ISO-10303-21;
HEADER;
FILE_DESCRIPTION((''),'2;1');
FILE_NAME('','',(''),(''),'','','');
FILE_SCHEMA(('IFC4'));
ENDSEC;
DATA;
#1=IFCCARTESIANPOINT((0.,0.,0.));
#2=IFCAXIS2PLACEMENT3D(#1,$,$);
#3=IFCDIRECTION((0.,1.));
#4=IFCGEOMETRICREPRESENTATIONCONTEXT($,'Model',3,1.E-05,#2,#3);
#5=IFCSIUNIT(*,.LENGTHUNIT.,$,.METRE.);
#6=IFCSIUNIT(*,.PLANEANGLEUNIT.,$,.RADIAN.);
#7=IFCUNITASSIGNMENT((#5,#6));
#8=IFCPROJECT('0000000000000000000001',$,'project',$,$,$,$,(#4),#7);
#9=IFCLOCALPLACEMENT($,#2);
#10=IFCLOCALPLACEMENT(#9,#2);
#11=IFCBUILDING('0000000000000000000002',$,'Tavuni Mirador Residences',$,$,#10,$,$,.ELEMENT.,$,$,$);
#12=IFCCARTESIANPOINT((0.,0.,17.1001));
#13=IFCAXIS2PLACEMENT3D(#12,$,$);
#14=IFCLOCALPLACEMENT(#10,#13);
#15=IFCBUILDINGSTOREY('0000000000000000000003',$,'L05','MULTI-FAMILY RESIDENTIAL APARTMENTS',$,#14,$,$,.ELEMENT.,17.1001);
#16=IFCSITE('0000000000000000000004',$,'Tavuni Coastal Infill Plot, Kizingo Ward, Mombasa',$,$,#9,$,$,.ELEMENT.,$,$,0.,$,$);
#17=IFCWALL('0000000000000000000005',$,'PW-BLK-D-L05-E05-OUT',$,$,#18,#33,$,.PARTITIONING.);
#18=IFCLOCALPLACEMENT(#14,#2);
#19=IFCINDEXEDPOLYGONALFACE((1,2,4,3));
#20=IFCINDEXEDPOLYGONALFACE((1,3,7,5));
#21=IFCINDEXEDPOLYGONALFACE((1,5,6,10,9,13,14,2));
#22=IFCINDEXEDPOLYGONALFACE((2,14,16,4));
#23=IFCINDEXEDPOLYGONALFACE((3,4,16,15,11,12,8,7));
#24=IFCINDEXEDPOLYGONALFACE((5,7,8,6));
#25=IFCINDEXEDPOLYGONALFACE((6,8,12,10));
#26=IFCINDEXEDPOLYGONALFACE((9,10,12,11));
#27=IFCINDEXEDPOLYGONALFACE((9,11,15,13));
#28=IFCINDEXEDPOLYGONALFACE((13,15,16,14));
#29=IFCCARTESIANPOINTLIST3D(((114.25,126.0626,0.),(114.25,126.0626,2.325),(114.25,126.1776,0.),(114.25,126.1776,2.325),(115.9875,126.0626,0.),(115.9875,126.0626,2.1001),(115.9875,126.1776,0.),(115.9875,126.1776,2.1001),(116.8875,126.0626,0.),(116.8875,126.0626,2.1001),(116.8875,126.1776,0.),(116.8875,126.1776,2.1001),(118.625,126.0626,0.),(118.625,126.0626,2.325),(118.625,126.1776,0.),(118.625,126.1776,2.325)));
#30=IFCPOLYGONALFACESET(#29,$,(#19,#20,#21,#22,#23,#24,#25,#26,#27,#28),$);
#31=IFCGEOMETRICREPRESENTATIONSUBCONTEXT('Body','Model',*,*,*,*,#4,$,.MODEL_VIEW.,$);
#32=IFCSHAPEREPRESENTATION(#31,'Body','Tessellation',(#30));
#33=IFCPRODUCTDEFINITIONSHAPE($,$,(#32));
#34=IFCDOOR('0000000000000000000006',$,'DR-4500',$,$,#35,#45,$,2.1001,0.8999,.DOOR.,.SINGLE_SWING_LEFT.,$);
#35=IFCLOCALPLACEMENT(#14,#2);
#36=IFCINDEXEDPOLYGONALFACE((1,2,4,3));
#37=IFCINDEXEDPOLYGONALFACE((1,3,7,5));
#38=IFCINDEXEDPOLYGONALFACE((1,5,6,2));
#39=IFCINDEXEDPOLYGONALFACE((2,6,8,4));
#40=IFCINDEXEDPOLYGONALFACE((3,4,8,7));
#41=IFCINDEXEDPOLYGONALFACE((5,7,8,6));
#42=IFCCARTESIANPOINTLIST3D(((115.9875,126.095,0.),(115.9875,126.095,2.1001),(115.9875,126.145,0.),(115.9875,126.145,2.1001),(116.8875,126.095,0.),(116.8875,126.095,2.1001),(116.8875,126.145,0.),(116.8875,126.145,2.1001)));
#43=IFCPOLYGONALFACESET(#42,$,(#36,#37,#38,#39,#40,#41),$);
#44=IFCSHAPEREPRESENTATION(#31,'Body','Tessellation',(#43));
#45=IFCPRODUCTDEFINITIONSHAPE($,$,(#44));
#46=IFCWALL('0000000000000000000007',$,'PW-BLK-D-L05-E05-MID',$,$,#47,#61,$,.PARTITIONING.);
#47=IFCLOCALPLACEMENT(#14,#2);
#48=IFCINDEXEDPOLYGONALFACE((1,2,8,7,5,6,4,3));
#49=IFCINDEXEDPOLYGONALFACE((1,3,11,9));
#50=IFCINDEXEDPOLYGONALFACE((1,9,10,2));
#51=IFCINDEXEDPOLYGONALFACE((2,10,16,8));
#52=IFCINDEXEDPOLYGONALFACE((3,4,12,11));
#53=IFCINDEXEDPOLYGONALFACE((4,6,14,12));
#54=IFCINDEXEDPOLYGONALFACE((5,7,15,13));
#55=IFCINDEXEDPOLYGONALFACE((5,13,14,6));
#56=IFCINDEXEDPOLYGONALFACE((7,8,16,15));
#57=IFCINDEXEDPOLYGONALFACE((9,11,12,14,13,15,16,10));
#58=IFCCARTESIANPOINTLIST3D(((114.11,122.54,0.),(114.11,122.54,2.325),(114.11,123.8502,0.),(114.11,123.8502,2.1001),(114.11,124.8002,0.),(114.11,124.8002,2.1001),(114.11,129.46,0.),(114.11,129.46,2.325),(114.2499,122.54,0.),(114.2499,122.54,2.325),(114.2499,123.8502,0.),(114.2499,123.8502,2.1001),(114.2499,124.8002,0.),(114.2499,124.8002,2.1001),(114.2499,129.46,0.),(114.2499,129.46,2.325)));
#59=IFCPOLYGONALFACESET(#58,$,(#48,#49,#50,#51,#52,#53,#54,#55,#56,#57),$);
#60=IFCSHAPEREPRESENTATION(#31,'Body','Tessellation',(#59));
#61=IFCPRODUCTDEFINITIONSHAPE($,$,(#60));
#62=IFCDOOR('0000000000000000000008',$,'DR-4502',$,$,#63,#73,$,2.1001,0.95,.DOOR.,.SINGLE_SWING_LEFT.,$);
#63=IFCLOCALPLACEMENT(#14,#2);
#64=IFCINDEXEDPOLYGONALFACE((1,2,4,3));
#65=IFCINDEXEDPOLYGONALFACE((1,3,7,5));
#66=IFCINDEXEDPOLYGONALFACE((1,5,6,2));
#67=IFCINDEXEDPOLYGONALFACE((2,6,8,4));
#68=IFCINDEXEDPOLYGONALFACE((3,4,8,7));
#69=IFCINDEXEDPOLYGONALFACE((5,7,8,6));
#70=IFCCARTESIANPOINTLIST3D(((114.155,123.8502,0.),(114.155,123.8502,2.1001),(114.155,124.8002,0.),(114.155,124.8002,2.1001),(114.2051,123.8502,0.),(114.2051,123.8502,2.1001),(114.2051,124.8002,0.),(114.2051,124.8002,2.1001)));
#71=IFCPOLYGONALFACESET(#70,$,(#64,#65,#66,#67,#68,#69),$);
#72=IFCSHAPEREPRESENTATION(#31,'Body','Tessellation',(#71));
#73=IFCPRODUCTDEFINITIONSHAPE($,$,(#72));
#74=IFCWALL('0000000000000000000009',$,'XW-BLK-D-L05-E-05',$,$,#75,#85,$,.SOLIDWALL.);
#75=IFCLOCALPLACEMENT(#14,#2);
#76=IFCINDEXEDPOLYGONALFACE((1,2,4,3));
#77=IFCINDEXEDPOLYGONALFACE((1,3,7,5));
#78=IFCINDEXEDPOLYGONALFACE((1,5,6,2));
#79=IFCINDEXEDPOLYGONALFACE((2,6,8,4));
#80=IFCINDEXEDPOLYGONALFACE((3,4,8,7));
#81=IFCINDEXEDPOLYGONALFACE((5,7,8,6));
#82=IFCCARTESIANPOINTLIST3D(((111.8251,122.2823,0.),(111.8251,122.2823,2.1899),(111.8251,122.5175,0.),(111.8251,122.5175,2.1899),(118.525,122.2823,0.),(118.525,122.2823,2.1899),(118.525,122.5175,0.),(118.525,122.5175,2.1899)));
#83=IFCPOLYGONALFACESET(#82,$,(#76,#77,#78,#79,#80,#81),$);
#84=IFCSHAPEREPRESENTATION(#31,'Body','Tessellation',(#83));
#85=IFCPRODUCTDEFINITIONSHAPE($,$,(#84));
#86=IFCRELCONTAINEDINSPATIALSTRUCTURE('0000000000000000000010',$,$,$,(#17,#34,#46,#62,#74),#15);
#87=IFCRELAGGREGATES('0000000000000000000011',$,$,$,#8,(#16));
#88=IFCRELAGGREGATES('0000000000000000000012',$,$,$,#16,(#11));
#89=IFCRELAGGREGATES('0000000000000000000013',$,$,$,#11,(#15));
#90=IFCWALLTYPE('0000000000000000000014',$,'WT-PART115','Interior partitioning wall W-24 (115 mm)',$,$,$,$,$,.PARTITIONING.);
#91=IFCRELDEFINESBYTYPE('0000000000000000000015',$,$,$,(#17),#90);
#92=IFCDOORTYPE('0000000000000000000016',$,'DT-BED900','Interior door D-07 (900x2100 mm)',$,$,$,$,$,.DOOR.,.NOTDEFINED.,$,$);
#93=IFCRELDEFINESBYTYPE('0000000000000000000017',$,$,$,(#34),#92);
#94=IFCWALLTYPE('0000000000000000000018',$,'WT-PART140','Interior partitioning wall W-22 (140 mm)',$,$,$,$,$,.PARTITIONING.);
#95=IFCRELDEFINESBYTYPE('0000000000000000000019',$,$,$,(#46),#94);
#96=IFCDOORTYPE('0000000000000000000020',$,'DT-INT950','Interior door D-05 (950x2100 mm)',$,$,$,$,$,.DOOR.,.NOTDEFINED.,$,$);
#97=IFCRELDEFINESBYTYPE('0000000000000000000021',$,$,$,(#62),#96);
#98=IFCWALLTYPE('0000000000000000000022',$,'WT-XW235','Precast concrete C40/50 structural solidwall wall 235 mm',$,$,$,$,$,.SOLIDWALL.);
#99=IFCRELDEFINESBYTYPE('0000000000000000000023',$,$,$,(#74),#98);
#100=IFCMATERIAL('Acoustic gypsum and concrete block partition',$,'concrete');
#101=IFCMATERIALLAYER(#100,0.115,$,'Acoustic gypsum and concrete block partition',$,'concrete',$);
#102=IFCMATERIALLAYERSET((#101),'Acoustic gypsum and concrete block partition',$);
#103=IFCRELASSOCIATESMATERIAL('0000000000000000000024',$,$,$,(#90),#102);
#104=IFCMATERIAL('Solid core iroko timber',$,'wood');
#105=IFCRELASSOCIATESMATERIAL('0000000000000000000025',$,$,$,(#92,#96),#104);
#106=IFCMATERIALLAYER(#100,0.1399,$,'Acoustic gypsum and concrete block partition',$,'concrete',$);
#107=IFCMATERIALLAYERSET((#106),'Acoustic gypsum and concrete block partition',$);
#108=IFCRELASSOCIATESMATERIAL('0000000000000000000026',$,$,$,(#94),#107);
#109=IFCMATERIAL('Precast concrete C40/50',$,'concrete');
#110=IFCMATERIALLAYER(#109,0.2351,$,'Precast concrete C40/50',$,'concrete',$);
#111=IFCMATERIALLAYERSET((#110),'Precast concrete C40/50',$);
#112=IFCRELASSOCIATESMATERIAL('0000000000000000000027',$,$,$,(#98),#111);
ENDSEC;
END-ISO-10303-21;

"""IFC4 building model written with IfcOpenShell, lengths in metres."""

from ifc_helpers import new_model, si_unit, direction, frame, frame_2d, origin, place, context, subcontext, project, spatial, rectangle, extrude, material, layer, layer_set, type_object, element, fill, save


model = new_model("IFC4")

# Units and contexts
model_context = context("Model", 3, precision=1e-05, world=origin(), true_north=direction((0.0, 1.0)))
body_context = subcontext(model_context, "Body", "Model", "MODEL_VIEW")
ifc_project = project(units=[si_unit("LENGTHUNIT", "METRE"), si_unit("PLANEANGLEUNIT", "RADIAN")], contexts=[model_context])

# Site, building, storey
site_placement = place(None, origin())
site = spatial("IfcSite", under=ifc_project, at=site_placement, Name="Tavuni Coastal Infill Plot, Kizingo Ward, Mombasa", CompositionType="ELEMENT", RefElevation=0.0)
building_placement = place(site_placement, origin())
building = spatial("IfcBuilding", under=site, at=building_placement, Name="Tavuni Mirador Residences", CompositionType="ELEMENT")
storey_placement = place(building_placement, frame((0.0, 0.0, 17.1001)))
storey = spatial("IfcBuildingStorey", under=building, at=storey_placement, Name="L05", Description="MULTI-FAMILY RESIDENTIAL APARTMENTS", CompositionType="ELEMENT", Elevation=17.1001)

# Shared definitions
ifc_material_1 = material(Name="Precast concrete C40/50", Category="concrete")

# Shared definitions
ifc_material_2 = material(Name="Solid core iroko timber", Category="wood")

# Walls, openings, doors
ifc_material_3 = material(Name="Acoustic gypsum and concrete block partition", Category="concrete")
ifc_layer_1 = layer(ifc_material_3, 0.115, Name="Acoustic gypsum and concrete block partition", Category="concrete")
ifc_layer_set_1 = layer_set([ifc_layer_1], Name="Acoustic gypsum and concrete block partition")
wall_type_1 = type_object("IfcWallType", Name="WT-PART115", Description="Interior partitioning wall W-24 (115 mm)", PredefinedType="PARTITIONING", material=ifc_layer_set_1)
wall_1_placement = place(storey_placement, frame((114.25, 126.1201, 0.0), z_axis=(0.0, 0.0, 1.0), x_axis=(1.0, 0.0, 0.0)))
wall_1 = element("IfcWall", 1, at=wall_1_placement, inside=storey, type_object=wall_type_1, Name="PW-BLK-D-L05-E05-OUT", PredefinedType="PARTITIONING", context=body_context, shape_type="SweptSolid", body=[
    extrude(rectangle(XDim=4.375, YDim=0.115, at=frame_2d((2.1875, 0.0))), origin(), (0.0, 0.0, 1.0), 2.325),
])
opening_1_placement = place(wall_1_placement, frame((1.7375, 0.0, 0.0)))
opening_1 = element("IfcOpeningElement", 2, at=opening_1_placement, cuts=wall_1, PredefinedType="OPENING", context=body_context, shape_type="SweptSolid", body=[
    extrude(rectangle(XDim=0.8999, YDim=2.1001, at=frame_2d((0.45, 1.05))), frame((0.0, 0.0674, 0.0), z_axis=(0.0, -1.0, 0.0), x_axis=(1.0, 0.0, 0.0)), (0.0, 0.0, 1.0), 0.135),
])
door_type_1 = type_object("IfcDoorType", Name="DT-BED900", Description="Interior door D-07 (900x2100 mm)", OperationType="NOTDEFINED", PredefinedType="DOOR", material=ifc_material_2)
door_1_placement = place(opening_1_placement, origin())
door_1 = element("IfcDoor", 3, at=door_1_placement, inside=storey, type_object=door_type_1, Name="DR-4500", OperationType="SINGLE_SWING_LEFT", OverallHeight=2.1001, OverallWidth=0.8999, PredefinedType="DOOR", context=body_context, shape_type="SweptSolid", body=[
    extrude(rectangle(XDim=0.8999, YDim=2.1001, at=frame_2d((0.45, 1.05))), frame((0.0, 0.0249, 0.0), z_axis=(0.0, -1.0, 0.0), x_axis=(1.0, 0.0, 0.0)), (0.0, 0.0, 1.0), 0.05),
])
fill(opening_1, door_1)
ifc_layer_2 = layer(ifc_material_3, 0.1399, Name="Acoustic gypsum and concrete block partition", Category="concrete")
ifc_layer_set_2 = layer_set([ifc_layer_2], Name="Acoustic gypsum and concrete block partition")
wall_type_2 = type_object("IfcWallType", Name="WT-PART140", Description="Interior partitioning wall W-22 (140 mm)", PredefinedType="PARTITIONING", material=ifc_layer_set_2)
wall_2_placement = place(storey_placement, frame((114.1799, 122.54, 0.0), z_axis=(0.0, 0.0, 1.0), x_axis=(0.0, 1.0, 0.0)))
wall_2 = element("IfcWall", 4, at=wall_2_placement, inside=storey, type_object=wall_type_2, Name="PW-BLK-D-L05-E05-MID", PredefinedType="PARTITIONING", context=body_context, shape_type="SweptSolid", body=[
    extrude(rectangle(XDim=6.9199, YDim=0.1399, at=frame_2d((3.46, 0.0))), origin(), (0.0, 0.0, 1.0), 2.325),
])
opening_2_placement = place(wall_2_placement, frame((1.3101, 0.0, 0.0)))
opening_2 = element("IfcOpeningElement", 5, at=opening_2_placement, cuts=wall_2, PredefinedType="OPENING", context=body_context, shape_type="SweptSolid", body=[
    extrude(rectangle(XDim=0.95, YDim=2.1001, at=frame_2d((0.4751, 1.05))), frame((0.0, 0.0801, 0.0), z_axis=(0.0, -1.0, 0.0), x_axis=(1.0, 0.0, 0.0)), (0.0, 0.0, 1.0), 0.1599),
])
door_type_2 = type_object("IfcDoorType", Name="DT-INT950", Description="Interior door D-05 (950x2100 mm)", OperationType="NOTDEFINED", PredefinedType="DOOR", material=ifc_material_2)
door_2_placement = place(opening_2_placement, origin())
door_2 = element("IfcDoor", 6, at=door_2_placement, inside=storey, type_object=door_type_2, Name="DR-4502", OperationType="SINGLE_SWING_LEFT", OverallHeight=2.1001, OverallWidth=0.95, PredefinedType="DOOR", context=body_context, shape_type="SweptSolid", body=[
    extrude(rectangle(XDim=0.95, YDim=2.1001, at=frame_2d((0.4751, 1.05))), frame((0.0, 0.0249, 0.0), z_axis=(0.0, -1.0, 0.0), x_axis=(1.0, 0.0, 0.0)), (0.0, 0.0, 1.0), 0.05),
])
fill(opening_2, door_2)

# Wall
ifc_layer_3 = layer(ifc_material_1, 0.2351, Name="Precast concrete C40/50", Category="concrete")
ifc_layer_set_3 = layer_set([ifc_layer_3], Name="Precast concrete C40/50")
wall_type_3 = type_object("IfcWallType", Name="WT-XW235", Description="Precast concrete C40/50 structural solidwall wall 235 mm", PredefinedType="SOLIDWALL", material=ifc_layer_set_3)
wall_3_placement = place(storey_placement, frame((111.825, 122.3999, 0.0), z_axis=(0.0, 0.0, 1.0), x_axis=(1.0, 0.0, 0.0)))
element("IfcWall", 7, at=wall_3_placement, inside=storey, type_object=wall_type_3, Name="XW-BLK-D-L05-E-05", PredefinedType="SOLIDWALL", context=body_context, shape_type="SweptSolid", body=[
    extrude(rectangle(XDim=6.7, YDim=0.2351, at=frame_2d((3.3501, 0.0))), origin(), (0.0, 0.0, 1.0), 2.1899),
])

save(model, "model.ifc")
